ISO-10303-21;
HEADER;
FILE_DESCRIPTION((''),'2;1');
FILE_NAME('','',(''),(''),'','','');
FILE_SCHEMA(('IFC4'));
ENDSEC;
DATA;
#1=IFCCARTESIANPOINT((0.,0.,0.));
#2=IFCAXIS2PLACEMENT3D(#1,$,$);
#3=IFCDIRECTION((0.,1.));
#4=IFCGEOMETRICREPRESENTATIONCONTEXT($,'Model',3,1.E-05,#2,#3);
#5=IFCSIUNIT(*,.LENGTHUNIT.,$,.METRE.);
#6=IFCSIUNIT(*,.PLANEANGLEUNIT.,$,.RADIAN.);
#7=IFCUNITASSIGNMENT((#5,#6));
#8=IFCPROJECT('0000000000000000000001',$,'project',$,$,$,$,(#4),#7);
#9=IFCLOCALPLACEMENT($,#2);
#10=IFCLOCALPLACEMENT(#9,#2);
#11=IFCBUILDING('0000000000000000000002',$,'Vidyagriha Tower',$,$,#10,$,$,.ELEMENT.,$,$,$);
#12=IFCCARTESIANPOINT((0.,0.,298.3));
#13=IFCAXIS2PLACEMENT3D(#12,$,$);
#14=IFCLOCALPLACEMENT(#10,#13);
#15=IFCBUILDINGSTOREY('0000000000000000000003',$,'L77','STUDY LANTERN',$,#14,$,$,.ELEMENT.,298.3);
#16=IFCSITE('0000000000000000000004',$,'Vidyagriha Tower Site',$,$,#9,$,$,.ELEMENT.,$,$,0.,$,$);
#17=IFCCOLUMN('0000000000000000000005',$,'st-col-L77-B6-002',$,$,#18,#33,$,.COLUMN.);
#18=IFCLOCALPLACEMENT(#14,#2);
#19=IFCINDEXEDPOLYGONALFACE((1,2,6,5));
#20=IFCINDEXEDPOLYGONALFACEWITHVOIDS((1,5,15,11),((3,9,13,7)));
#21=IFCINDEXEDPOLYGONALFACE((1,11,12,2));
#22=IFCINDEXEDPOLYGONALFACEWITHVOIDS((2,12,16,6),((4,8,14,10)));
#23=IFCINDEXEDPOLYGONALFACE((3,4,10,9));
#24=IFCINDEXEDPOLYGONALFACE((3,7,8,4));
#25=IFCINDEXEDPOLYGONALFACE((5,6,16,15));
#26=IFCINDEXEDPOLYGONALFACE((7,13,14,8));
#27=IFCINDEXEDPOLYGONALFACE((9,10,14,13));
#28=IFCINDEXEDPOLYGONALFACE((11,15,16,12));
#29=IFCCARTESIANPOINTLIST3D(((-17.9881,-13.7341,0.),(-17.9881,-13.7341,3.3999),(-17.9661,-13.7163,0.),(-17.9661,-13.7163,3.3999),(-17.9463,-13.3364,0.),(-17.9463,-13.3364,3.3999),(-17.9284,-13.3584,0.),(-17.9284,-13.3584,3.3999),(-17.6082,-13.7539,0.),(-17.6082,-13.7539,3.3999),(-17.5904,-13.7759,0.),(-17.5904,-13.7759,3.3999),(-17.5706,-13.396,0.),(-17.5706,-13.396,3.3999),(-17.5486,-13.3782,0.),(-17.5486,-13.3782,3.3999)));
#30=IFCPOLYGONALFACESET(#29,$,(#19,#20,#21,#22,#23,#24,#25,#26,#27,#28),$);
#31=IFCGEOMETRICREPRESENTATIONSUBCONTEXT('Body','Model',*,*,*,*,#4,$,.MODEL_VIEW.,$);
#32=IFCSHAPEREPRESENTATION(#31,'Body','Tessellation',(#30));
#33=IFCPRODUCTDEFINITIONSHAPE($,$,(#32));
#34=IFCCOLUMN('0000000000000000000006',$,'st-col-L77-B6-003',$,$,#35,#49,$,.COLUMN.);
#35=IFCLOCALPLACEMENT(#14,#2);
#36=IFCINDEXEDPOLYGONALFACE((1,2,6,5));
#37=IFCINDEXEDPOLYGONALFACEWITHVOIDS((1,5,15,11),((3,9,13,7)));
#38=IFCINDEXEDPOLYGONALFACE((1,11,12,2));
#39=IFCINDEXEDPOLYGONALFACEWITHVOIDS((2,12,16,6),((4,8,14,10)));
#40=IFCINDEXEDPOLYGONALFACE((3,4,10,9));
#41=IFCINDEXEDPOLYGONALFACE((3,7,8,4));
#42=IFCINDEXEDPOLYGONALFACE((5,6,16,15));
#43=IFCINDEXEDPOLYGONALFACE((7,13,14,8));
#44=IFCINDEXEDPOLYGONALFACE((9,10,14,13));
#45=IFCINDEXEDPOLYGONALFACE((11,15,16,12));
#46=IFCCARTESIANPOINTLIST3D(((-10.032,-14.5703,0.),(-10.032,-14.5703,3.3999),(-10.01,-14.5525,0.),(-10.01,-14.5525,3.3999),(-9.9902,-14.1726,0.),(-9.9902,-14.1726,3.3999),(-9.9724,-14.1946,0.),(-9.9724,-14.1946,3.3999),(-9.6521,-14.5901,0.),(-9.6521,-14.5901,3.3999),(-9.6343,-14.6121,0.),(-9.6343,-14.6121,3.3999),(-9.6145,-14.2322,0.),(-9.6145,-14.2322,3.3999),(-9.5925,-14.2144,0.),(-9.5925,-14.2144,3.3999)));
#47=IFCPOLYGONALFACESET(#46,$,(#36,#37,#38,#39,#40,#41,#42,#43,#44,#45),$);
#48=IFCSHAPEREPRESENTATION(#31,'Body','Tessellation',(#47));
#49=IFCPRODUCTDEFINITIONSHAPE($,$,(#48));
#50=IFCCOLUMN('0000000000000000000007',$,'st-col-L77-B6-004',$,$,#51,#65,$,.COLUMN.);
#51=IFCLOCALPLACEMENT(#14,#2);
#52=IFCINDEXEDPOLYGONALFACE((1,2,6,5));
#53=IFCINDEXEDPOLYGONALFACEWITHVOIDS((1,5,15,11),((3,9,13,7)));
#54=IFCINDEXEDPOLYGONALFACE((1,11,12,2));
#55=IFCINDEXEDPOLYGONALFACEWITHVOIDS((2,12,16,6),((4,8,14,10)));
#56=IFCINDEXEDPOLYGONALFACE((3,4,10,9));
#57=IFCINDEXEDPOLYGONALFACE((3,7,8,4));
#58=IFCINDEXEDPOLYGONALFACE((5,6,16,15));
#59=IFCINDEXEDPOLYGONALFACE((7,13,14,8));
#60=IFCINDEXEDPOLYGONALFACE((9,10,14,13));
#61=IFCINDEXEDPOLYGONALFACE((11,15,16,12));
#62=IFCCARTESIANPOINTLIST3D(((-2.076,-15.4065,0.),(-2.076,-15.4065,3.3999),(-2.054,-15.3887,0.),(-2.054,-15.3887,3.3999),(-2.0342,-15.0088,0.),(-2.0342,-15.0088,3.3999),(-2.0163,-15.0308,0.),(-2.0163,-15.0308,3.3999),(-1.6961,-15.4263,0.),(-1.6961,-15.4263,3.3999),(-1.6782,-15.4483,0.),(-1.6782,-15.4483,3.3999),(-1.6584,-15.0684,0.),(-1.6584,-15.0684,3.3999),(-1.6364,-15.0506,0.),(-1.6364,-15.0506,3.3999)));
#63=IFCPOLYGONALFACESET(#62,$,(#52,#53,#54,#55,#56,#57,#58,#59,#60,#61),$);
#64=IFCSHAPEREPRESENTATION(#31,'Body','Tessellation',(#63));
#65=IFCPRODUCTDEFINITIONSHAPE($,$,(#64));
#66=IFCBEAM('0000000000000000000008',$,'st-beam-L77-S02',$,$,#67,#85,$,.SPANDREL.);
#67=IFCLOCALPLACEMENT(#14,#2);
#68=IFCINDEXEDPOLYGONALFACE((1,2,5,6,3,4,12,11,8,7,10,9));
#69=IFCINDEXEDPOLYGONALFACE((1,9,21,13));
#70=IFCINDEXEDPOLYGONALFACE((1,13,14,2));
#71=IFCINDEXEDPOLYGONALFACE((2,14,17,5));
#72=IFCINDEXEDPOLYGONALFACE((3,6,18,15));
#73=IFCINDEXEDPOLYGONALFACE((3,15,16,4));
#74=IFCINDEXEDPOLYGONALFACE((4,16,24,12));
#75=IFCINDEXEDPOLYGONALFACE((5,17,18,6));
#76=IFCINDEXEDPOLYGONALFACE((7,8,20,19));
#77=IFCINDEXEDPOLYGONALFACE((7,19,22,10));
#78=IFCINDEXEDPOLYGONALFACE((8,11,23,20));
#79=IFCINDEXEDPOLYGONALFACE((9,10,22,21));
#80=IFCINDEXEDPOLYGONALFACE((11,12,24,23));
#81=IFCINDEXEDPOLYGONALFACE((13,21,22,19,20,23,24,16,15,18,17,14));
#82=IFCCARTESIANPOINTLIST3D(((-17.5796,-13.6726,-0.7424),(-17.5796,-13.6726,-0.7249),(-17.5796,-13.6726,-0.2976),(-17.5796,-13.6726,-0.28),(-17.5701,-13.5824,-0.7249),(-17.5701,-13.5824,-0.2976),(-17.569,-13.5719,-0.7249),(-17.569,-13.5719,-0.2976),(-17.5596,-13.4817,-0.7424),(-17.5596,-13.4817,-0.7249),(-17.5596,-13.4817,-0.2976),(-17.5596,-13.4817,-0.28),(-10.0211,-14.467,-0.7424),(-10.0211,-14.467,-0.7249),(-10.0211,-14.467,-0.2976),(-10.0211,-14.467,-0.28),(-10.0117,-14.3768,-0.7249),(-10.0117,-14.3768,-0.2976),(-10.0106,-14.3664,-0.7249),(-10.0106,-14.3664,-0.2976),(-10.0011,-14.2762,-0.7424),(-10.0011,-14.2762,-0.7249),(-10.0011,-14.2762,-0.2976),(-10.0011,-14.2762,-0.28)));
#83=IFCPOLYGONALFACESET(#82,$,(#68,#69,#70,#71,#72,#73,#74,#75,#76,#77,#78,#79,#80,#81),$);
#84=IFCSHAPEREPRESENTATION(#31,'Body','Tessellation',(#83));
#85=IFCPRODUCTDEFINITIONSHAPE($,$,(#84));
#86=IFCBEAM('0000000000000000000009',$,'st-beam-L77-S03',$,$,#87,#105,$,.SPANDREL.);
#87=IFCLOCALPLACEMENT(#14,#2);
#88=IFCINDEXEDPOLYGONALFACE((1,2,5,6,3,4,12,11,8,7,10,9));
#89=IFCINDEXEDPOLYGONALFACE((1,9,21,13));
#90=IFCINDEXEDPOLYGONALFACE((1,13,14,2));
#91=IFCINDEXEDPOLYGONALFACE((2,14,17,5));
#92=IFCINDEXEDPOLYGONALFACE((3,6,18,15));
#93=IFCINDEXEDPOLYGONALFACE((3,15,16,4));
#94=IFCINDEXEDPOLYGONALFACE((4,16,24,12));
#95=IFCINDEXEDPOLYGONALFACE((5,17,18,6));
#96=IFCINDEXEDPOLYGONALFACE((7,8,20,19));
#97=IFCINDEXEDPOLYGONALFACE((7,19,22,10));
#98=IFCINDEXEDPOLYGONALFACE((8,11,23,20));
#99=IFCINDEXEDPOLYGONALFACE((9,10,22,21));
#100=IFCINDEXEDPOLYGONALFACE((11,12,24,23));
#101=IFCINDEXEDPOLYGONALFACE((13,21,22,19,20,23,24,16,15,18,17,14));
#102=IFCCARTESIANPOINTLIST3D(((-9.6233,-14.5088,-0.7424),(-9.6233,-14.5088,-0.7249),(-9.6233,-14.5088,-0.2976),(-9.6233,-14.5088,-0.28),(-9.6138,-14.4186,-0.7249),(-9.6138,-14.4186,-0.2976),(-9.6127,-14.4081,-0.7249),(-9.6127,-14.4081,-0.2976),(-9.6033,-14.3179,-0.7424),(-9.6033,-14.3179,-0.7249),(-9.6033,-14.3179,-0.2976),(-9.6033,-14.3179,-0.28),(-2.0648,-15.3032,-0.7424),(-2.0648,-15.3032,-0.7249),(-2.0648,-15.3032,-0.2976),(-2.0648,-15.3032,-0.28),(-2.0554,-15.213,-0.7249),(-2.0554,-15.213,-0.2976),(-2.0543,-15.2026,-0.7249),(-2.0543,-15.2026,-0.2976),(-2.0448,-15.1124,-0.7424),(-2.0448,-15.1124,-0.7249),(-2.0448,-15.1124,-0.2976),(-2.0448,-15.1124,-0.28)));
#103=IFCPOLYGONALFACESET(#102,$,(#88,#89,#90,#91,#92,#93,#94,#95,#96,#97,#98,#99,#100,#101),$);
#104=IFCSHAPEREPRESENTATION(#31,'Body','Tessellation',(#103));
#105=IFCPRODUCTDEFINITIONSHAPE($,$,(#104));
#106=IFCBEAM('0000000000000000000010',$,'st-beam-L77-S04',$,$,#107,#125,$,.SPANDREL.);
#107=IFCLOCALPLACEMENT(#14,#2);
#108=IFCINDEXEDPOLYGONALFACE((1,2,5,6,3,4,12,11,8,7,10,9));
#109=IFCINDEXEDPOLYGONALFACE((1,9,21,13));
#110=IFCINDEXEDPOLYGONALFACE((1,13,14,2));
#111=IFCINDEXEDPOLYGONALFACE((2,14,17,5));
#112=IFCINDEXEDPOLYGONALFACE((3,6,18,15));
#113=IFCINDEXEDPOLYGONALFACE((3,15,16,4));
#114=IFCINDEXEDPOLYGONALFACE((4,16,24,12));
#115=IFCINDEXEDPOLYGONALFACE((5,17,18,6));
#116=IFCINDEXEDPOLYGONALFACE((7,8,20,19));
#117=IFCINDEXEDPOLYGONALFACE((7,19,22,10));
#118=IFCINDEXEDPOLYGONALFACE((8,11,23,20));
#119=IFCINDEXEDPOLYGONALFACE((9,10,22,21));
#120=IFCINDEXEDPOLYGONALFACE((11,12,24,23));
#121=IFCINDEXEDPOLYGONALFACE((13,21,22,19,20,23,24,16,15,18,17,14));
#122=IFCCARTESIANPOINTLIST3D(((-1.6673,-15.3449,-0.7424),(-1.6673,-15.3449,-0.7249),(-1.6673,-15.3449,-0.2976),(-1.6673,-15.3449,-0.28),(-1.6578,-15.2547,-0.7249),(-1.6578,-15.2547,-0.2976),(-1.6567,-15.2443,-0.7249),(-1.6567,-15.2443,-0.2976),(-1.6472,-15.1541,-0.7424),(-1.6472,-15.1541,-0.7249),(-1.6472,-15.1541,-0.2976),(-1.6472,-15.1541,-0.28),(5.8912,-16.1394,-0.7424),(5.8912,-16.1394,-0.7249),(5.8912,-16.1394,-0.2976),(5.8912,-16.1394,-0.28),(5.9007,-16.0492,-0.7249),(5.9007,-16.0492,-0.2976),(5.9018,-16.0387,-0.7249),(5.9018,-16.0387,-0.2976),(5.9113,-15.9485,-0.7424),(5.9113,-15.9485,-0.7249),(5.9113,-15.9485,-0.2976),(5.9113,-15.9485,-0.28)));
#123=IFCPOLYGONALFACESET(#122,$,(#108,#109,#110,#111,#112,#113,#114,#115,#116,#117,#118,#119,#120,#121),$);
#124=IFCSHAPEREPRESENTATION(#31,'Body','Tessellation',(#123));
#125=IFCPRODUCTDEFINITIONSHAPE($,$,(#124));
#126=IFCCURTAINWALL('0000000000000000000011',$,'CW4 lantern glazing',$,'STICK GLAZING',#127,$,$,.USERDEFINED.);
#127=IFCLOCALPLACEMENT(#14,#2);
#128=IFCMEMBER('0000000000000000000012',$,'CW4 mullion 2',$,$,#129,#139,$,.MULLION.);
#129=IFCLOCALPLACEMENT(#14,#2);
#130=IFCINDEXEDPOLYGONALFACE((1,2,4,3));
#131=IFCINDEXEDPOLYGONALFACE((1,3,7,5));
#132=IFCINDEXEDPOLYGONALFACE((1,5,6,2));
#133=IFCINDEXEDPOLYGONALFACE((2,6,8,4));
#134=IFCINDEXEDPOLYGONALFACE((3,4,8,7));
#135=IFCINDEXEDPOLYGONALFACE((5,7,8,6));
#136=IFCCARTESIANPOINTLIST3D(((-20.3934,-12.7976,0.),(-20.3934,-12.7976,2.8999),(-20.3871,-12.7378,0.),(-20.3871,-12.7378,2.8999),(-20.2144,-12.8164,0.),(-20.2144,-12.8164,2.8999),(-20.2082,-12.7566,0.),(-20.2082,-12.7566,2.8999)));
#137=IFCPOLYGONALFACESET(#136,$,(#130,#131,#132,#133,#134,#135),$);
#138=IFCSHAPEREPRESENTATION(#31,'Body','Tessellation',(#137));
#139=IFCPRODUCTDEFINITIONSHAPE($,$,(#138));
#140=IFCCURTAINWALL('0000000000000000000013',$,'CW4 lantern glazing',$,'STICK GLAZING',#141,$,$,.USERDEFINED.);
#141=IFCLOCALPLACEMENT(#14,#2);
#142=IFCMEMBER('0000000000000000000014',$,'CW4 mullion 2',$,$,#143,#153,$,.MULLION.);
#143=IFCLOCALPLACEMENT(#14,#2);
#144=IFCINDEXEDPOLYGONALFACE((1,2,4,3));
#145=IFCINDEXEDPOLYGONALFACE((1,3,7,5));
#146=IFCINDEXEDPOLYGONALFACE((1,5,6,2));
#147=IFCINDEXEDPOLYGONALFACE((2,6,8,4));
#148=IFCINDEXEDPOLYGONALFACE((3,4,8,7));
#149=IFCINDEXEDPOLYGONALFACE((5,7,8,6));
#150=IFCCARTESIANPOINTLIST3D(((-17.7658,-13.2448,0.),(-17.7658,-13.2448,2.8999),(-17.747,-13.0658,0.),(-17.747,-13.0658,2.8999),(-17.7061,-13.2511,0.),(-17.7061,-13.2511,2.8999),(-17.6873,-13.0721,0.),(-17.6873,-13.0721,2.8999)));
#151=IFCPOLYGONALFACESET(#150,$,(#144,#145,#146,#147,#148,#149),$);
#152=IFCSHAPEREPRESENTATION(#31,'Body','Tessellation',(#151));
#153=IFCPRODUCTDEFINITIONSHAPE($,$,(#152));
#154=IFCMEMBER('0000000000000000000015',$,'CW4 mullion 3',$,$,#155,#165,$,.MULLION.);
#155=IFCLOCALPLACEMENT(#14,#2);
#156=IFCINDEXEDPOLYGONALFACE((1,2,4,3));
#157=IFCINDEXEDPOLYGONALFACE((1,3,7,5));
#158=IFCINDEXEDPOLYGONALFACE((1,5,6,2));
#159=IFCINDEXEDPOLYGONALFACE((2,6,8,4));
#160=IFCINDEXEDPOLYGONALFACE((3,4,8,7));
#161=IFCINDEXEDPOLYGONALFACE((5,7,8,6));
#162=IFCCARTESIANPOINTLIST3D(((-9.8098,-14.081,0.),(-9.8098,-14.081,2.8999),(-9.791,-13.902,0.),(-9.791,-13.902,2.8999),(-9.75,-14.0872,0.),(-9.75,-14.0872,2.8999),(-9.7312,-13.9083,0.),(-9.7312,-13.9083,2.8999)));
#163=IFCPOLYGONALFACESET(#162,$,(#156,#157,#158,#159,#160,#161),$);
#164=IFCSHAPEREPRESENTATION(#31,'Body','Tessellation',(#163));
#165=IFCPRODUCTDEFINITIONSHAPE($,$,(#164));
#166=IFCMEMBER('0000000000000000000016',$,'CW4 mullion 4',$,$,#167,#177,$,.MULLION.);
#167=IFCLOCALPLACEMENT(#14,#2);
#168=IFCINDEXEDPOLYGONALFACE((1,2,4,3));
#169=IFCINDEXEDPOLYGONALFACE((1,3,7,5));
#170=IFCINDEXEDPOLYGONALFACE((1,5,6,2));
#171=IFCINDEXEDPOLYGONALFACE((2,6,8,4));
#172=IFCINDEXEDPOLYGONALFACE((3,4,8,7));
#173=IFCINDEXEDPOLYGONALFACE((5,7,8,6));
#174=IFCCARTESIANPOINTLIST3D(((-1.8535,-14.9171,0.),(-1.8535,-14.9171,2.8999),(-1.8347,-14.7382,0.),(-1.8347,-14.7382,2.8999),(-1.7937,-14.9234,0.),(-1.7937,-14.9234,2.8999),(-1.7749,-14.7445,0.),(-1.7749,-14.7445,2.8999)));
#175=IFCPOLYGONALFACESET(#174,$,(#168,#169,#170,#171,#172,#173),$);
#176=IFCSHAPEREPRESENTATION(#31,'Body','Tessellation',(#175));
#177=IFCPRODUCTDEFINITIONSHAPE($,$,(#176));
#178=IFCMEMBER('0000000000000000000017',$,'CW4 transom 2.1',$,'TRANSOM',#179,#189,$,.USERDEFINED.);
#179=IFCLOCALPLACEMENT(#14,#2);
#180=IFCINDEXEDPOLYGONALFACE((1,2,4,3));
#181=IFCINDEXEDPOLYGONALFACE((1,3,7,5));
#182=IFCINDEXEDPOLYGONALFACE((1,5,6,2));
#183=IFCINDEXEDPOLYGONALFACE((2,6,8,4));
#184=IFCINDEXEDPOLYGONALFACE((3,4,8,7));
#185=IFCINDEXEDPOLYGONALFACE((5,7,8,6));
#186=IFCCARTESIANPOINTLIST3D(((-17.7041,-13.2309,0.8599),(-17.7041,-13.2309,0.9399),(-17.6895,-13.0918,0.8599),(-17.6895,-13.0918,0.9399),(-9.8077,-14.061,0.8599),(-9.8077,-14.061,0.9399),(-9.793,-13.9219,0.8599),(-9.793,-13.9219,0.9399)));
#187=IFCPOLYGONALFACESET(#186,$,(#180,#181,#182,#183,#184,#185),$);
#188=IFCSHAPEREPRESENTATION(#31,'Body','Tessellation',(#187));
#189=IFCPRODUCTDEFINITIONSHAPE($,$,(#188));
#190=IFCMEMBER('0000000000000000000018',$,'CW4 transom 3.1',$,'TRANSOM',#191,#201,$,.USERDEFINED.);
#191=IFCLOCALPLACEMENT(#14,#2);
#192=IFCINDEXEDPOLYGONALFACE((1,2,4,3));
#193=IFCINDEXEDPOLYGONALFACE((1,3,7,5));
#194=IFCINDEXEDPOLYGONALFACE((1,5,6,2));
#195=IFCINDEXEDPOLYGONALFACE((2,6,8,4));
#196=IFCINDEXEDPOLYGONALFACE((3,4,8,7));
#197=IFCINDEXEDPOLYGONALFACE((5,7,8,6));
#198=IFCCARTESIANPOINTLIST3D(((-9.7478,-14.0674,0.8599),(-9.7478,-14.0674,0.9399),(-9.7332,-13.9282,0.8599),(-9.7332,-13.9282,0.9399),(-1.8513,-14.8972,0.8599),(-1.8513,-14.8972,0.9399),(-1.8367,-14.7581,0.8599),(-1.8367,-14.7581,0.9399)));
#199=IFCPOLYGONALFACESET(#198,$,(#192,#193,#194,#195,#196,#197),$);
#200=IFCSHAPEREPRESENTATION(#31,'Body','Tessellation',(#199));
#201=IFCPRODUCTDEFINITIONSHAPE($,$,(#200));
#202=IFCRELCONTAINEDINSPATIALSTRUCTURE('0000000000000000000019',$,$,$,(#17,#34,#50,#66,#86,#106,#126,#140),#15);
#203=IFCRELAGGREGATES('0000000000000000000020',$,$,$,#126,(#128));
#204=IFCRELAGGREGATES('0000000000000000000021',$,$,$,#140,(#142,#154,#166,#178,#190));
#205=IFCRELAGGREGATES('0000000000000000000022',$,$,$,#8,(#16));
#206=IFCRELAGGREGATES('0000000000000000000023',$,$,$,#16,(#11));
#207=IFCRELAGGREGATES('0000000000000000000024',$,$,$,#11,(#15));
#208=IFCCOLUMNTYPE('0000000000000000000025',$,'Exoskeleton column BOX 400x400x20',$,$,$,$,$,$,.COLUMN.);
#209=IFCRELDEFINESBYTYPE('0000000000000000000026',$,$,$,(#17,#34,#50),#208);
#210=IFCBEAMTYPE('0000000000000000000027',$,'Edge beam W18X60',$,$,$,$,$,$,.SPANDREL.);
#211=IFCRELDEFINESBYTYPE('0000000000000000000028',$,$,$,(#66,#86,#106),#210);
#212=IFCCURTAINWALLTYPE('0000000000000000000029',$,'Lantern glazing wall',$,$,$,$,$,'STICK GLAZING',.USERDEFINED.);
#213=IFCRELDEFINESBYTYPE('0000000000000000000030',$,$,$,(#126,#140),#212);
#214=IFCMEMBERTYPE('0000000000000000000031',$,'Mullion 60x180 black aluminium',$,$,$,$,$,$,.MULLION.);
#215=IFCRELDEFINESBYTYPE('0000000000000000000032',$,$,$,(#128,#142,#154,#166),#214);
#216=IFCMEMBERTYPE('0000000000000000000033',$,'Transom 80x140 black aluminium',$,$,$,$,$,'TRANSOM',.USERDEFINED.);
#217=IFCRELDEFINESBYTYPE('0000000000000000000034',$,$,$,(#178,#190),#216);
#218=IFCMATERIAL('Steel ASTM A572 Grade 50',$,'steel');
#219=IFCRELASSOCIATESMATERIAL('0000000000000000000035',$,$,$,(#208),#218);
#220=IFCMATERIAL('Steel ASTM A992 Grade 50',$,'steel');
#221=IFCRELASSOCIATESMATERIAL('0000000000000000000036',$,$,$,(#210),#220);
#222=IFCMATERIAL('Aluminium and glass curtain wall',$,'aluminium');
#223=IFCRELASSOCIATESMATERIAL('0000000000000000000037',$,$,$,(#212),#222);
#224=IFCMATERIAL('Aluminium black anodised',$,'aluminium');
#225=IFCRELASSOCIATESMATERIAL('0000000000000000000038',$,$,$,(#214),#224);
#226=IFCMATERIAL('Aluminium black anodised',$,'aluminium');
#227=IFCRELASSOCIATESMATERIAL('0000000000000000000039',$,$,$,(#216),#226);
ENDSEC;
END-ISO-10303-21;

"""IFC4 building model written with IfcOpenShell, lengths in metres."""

from ifc_helpers import new_model, si_unit, direction, frame, origin, origin_2d, place, context, subcontext, project, spatial, rectangle, hollow_rectangle, i_section, extrude, material, material_profile, profile_set, type_object, element, aggregate, save


model = new_model("IFC4")

# Units and contexts
model_context = context("Model", 3, precision=1e-05, world=origin(), true_north=direction((0.0, 1.0)))
body_context = subcontext(model_context, "Body", "Model", "MODEL_VIEW")
ifc_project = project(units=[si_unit("LENGTHUNIT", "METRE"), si_unit("PLANEANGLEUNIT", "RADIAN")], contexts=[model_context])

# Site, building, storey
site_placement = place(None, origin())
site = spatial("IfcSite", under=ifc_project, at=site_placement, Name="Vidyagriha Tower Site", CompositionType="ELEMENT", RefElevation=0.0)
building_placement = place(site_placement, origin())
building = spatial("IfcBuilding", under=site, at=building_placement, Name="Vidyagriha Tower", CompositionType="ELEMENT")
storey_placement = place(building_placement, frame((0.0, 0.0, 298.3)))
storey = spatial("IfcBuildingStorey", under=building, at=storey_placement, Name="L77", Description="STUDY LANTERN", CompositionType="ELEMENT", Elevation=298.3)

# Columns
ifc_material_1 = material(Name="Steel ASTM A572 Grade 50", Category="steel")
ifc_material_profile_1 = material_profile(ifc_material_1, hollow_rectangle(XDim=0.3999, YDim=0.3999, WallThickness=0.02, at=origin_2d()), Name="BOX 400x400x20")
ifc_profile_set_1 = profile_set([ifc_material_profile_1], Name="Steel ASTM A572 Grade 50")
column_type = type_object("IfcColumnType", Name="Exoskeleton column BOX 400x400x20", PredefinedType="COLUMN", material=ifc_profile_set_1)
for number, where, z_axis, x_axis, name in (
    (1, (-17.7683, -13.5562, 0.0), (0.0, 0.0, 1.0), (0.994522, -0.104528, 0.0), "st-col-L77-B6-002"),
    (2, (-9.8123, -14.3923, 0.0), (0.0, 0.0, 1.0), (0.994522, -0.104528, 0.0), "st-col-L77-B6-003"),
    (3, (-1.8562, -15.2285, 0.0), (0.0, 0.0, 1.0), (0.994522, -0.104528, 0.0), "st-col-L77-B6-004"),
):
    element("IfcColumn", number, at=place(storey_placement, frame(where, z_axis=z_axis, x_axis=x_axis)), inside=storey, type_object=column_type, Name=name, PredefinedType="COLUMN", context=body_context, shape_type="SweptSolid", body=[
        extrude(hollow_rectangle(XDim=0.3999, YDim=0.3999, WallThickness=0.02, at=origin_2d()), origin(), (0.0, 0.0, 1.0), 3.3999),
    ])

# Beams
ifc_material_2 = material(Name="Steel ASTM A992 Grade 50", Category="steel")
ifc_material_profile_2 = material_profile(ifc_material_2, i_section(OverallWidth=0.1919, OverallDepth=0.4624, WebThickness=0.0105, FlangeThickness=0.0176, at=origin_2d()), Name="W18X60")
ifc_profile_set_2 = profile_set([ifc_material_profile_2], Name="Steel ASTM A992 Grade 50")
beam_type = type_object("IfcBeamType", Name="Edge beam W18X60", PredefinedType="SPANDREL", material=ifc_profile_set_2)
for number, where, z_axis, x_axis, name in (
    (4, (-17.5696, -13.5771, -0.5112), (0.994522, -0.104531, 0.0), (0.104531, 0.994522, 0.0), "st-beam-L77-S02"),
    (5, (-9.6133, -14.4133, -0.5112), (0.994522, -0.104531, 0.0), (0.104531, 0.994522, 0.0), "st-beam-L77-S03"),
    (6, (-1.6572, -15.2495, -0.5112), (0.994522, -0.104531, 0.0), (0.104531, 0.994522, 0.0), "st-beam-L77-S04"),
):
    element("IfcBeam", number, at=place(storey_placement, frame(where, z_axis=z_axis, x_axis=x_axis)), inside=storey, type_object=beam_type, Name=name, PredefinedType="SPANDREL", context=body_context, shape_type="SweptSolid", body=[
        extrude(i_section(OverallWidth=0.1919, OverallDepth=0.4624, WebThickness=0.0105, FlangeThickness=0.0176, at=origin_2d()), origin(), (0.0, 0.0, 1.0), 7.6001),
    ])

# Curtain wall, member
ifc_material_3 = material(Name="Aluminium and glass curtain wall", Category="aluminium")
curtain_wall_type = type_object("IfcCurtainWallType", Name="Lantern glazing wall", ElementType="STICK GLAZING", PredefinedType="USERDEFINED", material=ifc_material_3)
curtain_wall_1_placement = place(storey_placement, origin())
curtain_wall_1 = element("IfcCurtainWall", 7, at=curtain_wall_1_placement, inside=storey, type_object=curtain_wall_type, Name="CW4 lantern glazing", ObjectType="STICK GLAZING", PredefinedType="USERDEFINED")
ifc_material_4 = material(Name="Aluminium black anodised", Category="aluminium")
ifc_material_profile_3 = material_profile(ifc_material_4, rectangle(XDim=0.1799, YDim=0.0601, at=origin_2d()), Name="Mullion 60x180 black aluminium")
ifc_profile_set_3 = profile_set([ifc_material_profile_3], Name="Aluminium black anodised")
member_type_1 = type_object("IfcMemberType", Name="Mullion 60x180 black aluminium", PredefinedType="MULLION", material=ifc_profile_set_3)
member_1_placement = place(storey_placement, frame((-20.3008, -12.7771, 0.0), z_axis=(0.0, 0.0, 1.0), x_axis=(0.994519, -0.104557, 0.0)))
member_1 = element("IfcMember", 8, at=member_1_placement, type_object=member_type_1, Name="CW4 mullion 2", PredefinedType="MULLION", context=body_context, shape_type="SweptSolid", body=[
    extrude(rectangle(XDim=0.1799, YDim=0.0601, at=origin_2d()), origin(), (0.0, 0.0, 1.0), 2.8999),
])

# Curtain wall, members
curtain_wall_2_placement = place(storey_placement, origin())
curtain_wall_2 = element("IfcCurtainWall", 9, at=curtain_wall_2_placement, inside=storey, type_object=curtain_wall_type, Name="CW4 lantern glazing", ObjectType="STICK GLAZING", PredefinedType="USERDEFINED")
member_2_placement = place(storey_placement, frame((-17.7266, -13.1584, 0.0), z_axis=(0.0, 0.0, 1.0), x_axis=(0.104528, 0.994522, 0.0)))
member_2 = element("IfcMember", 10, at=member_2_placement, type_object=member_type_1, Name="CW4 mullion 2", PredefinedType="MULLION", context=body_context, shape_type="SweptSolid", body=[
    extrude(rectangle(XDim=0.1799, YDim=0.0601, at=origin_2d()), origin(), (0.0, 0.0, 1.0), 2.8999),
])
member_3_placement = place(storey_placement, frame((-9.7705, -13.9946, 0.0), z_axis=(0.0, 0.0, 1.0), x_axis=(0.104528, 0.994522, 0.0)))
member_3 = element("IfcMember", 11, at=member_3_placement, type_object=member_type_1, Name="CW4 mullion 3", PredefinedType="MULLION", context=body_context, shape_type="SweptSolid", body=[
    extrude(rectangle(XDim=0.1799, YDim=0.0601, at=origin_2d()), origin(), (0.0, 0.0, 1.0), 2.8999),
])
member_4_placement = place(storey_placement, frame((-1.8142, -14.8308, 0.0), z_axis=(0.0, 0.0, 1.0), x_axis=(0.104528, 0.994522, 0.0)))
member_4 = element("IfcMember", 12, at=member_4_placement, type_object=member_type_1, Name="CW4 mullion 4", PredefinedType="MULLION", context=body_context, shape_type="SweptSolid", body=[
    extrude(rectangle(XDim=0.1799, YDim=0.0601, at=origin_2d()), origin(), (0.0, 0.0, 1.0), 2.8999),
])
ifc_material_5 = material(Name="Aluminium black anodised", Category="aluminium")
ifc_material_profile_4 = material_profile(ifc_material_5, rectangle(XDim=0.1399, YDim=0.0801, at=origin_2d()), Name="Transom 80x140 black aluminium")
ifc_profile_set_4 = profile_set([ifc_material_profile_4], Name="Aluminium black anodised")
member_type_2 = type_object("IfcMemberType", Name="Transom 80x140 black aluminium", ElementType="TRANSOM", PredefinedType="USERDEFINED", material=ifc_profile_set_4)
member_5_placement = place(storey_placement, frame((-17.6968, -13.1614, 0.8999), z_axis=(0.99452, -0.104544, 0.0), x_axis=(0.104544, 0.99452, 0.0)))
member_5 = element("IfcMember", 13, at=member_5_placement, type_object=member_type_2, Name="CW4 transom 2.1", ObjectType="TRANSOM", PredefinedType="USERDEFINED", context=body_context, shape_type="SweptSolid", body=[
    extrude(rectangle(XDim=0.1399, YDim=0.0801, at=origin_2d()), origin(), (0.0, 0.0, 1.0), 7.9399),
])
member_6_placement = place(storey_placement, frame((-9.7405, -13.9978, 0.8999), z_axis=(0.994523, -0.104514, 0.0), x_axis=(0.104514, 0.994523, 0.0)))
member_6 = element("IfcMember", 14, at=member_6_placement, type_object=member_type_2, Name="CW4 transom 3.1", ObjectType="TRANSOM", PredefinedType="USERDEFINED", context=body_context, shape_type="SweptSolid", body=[
    extrude(rectangle(XDim=0.1399, YDim=0.0801, at=origin_2d()), origin(), (0.0, 0.0, 1.0), 7.9399),
])

aggregate(curtain_wall_1, [member_1])
aggregate(curtain_wall_2, [member_2, member_3, member_4, member_5, member_6])

save(model, "model.ifc")
